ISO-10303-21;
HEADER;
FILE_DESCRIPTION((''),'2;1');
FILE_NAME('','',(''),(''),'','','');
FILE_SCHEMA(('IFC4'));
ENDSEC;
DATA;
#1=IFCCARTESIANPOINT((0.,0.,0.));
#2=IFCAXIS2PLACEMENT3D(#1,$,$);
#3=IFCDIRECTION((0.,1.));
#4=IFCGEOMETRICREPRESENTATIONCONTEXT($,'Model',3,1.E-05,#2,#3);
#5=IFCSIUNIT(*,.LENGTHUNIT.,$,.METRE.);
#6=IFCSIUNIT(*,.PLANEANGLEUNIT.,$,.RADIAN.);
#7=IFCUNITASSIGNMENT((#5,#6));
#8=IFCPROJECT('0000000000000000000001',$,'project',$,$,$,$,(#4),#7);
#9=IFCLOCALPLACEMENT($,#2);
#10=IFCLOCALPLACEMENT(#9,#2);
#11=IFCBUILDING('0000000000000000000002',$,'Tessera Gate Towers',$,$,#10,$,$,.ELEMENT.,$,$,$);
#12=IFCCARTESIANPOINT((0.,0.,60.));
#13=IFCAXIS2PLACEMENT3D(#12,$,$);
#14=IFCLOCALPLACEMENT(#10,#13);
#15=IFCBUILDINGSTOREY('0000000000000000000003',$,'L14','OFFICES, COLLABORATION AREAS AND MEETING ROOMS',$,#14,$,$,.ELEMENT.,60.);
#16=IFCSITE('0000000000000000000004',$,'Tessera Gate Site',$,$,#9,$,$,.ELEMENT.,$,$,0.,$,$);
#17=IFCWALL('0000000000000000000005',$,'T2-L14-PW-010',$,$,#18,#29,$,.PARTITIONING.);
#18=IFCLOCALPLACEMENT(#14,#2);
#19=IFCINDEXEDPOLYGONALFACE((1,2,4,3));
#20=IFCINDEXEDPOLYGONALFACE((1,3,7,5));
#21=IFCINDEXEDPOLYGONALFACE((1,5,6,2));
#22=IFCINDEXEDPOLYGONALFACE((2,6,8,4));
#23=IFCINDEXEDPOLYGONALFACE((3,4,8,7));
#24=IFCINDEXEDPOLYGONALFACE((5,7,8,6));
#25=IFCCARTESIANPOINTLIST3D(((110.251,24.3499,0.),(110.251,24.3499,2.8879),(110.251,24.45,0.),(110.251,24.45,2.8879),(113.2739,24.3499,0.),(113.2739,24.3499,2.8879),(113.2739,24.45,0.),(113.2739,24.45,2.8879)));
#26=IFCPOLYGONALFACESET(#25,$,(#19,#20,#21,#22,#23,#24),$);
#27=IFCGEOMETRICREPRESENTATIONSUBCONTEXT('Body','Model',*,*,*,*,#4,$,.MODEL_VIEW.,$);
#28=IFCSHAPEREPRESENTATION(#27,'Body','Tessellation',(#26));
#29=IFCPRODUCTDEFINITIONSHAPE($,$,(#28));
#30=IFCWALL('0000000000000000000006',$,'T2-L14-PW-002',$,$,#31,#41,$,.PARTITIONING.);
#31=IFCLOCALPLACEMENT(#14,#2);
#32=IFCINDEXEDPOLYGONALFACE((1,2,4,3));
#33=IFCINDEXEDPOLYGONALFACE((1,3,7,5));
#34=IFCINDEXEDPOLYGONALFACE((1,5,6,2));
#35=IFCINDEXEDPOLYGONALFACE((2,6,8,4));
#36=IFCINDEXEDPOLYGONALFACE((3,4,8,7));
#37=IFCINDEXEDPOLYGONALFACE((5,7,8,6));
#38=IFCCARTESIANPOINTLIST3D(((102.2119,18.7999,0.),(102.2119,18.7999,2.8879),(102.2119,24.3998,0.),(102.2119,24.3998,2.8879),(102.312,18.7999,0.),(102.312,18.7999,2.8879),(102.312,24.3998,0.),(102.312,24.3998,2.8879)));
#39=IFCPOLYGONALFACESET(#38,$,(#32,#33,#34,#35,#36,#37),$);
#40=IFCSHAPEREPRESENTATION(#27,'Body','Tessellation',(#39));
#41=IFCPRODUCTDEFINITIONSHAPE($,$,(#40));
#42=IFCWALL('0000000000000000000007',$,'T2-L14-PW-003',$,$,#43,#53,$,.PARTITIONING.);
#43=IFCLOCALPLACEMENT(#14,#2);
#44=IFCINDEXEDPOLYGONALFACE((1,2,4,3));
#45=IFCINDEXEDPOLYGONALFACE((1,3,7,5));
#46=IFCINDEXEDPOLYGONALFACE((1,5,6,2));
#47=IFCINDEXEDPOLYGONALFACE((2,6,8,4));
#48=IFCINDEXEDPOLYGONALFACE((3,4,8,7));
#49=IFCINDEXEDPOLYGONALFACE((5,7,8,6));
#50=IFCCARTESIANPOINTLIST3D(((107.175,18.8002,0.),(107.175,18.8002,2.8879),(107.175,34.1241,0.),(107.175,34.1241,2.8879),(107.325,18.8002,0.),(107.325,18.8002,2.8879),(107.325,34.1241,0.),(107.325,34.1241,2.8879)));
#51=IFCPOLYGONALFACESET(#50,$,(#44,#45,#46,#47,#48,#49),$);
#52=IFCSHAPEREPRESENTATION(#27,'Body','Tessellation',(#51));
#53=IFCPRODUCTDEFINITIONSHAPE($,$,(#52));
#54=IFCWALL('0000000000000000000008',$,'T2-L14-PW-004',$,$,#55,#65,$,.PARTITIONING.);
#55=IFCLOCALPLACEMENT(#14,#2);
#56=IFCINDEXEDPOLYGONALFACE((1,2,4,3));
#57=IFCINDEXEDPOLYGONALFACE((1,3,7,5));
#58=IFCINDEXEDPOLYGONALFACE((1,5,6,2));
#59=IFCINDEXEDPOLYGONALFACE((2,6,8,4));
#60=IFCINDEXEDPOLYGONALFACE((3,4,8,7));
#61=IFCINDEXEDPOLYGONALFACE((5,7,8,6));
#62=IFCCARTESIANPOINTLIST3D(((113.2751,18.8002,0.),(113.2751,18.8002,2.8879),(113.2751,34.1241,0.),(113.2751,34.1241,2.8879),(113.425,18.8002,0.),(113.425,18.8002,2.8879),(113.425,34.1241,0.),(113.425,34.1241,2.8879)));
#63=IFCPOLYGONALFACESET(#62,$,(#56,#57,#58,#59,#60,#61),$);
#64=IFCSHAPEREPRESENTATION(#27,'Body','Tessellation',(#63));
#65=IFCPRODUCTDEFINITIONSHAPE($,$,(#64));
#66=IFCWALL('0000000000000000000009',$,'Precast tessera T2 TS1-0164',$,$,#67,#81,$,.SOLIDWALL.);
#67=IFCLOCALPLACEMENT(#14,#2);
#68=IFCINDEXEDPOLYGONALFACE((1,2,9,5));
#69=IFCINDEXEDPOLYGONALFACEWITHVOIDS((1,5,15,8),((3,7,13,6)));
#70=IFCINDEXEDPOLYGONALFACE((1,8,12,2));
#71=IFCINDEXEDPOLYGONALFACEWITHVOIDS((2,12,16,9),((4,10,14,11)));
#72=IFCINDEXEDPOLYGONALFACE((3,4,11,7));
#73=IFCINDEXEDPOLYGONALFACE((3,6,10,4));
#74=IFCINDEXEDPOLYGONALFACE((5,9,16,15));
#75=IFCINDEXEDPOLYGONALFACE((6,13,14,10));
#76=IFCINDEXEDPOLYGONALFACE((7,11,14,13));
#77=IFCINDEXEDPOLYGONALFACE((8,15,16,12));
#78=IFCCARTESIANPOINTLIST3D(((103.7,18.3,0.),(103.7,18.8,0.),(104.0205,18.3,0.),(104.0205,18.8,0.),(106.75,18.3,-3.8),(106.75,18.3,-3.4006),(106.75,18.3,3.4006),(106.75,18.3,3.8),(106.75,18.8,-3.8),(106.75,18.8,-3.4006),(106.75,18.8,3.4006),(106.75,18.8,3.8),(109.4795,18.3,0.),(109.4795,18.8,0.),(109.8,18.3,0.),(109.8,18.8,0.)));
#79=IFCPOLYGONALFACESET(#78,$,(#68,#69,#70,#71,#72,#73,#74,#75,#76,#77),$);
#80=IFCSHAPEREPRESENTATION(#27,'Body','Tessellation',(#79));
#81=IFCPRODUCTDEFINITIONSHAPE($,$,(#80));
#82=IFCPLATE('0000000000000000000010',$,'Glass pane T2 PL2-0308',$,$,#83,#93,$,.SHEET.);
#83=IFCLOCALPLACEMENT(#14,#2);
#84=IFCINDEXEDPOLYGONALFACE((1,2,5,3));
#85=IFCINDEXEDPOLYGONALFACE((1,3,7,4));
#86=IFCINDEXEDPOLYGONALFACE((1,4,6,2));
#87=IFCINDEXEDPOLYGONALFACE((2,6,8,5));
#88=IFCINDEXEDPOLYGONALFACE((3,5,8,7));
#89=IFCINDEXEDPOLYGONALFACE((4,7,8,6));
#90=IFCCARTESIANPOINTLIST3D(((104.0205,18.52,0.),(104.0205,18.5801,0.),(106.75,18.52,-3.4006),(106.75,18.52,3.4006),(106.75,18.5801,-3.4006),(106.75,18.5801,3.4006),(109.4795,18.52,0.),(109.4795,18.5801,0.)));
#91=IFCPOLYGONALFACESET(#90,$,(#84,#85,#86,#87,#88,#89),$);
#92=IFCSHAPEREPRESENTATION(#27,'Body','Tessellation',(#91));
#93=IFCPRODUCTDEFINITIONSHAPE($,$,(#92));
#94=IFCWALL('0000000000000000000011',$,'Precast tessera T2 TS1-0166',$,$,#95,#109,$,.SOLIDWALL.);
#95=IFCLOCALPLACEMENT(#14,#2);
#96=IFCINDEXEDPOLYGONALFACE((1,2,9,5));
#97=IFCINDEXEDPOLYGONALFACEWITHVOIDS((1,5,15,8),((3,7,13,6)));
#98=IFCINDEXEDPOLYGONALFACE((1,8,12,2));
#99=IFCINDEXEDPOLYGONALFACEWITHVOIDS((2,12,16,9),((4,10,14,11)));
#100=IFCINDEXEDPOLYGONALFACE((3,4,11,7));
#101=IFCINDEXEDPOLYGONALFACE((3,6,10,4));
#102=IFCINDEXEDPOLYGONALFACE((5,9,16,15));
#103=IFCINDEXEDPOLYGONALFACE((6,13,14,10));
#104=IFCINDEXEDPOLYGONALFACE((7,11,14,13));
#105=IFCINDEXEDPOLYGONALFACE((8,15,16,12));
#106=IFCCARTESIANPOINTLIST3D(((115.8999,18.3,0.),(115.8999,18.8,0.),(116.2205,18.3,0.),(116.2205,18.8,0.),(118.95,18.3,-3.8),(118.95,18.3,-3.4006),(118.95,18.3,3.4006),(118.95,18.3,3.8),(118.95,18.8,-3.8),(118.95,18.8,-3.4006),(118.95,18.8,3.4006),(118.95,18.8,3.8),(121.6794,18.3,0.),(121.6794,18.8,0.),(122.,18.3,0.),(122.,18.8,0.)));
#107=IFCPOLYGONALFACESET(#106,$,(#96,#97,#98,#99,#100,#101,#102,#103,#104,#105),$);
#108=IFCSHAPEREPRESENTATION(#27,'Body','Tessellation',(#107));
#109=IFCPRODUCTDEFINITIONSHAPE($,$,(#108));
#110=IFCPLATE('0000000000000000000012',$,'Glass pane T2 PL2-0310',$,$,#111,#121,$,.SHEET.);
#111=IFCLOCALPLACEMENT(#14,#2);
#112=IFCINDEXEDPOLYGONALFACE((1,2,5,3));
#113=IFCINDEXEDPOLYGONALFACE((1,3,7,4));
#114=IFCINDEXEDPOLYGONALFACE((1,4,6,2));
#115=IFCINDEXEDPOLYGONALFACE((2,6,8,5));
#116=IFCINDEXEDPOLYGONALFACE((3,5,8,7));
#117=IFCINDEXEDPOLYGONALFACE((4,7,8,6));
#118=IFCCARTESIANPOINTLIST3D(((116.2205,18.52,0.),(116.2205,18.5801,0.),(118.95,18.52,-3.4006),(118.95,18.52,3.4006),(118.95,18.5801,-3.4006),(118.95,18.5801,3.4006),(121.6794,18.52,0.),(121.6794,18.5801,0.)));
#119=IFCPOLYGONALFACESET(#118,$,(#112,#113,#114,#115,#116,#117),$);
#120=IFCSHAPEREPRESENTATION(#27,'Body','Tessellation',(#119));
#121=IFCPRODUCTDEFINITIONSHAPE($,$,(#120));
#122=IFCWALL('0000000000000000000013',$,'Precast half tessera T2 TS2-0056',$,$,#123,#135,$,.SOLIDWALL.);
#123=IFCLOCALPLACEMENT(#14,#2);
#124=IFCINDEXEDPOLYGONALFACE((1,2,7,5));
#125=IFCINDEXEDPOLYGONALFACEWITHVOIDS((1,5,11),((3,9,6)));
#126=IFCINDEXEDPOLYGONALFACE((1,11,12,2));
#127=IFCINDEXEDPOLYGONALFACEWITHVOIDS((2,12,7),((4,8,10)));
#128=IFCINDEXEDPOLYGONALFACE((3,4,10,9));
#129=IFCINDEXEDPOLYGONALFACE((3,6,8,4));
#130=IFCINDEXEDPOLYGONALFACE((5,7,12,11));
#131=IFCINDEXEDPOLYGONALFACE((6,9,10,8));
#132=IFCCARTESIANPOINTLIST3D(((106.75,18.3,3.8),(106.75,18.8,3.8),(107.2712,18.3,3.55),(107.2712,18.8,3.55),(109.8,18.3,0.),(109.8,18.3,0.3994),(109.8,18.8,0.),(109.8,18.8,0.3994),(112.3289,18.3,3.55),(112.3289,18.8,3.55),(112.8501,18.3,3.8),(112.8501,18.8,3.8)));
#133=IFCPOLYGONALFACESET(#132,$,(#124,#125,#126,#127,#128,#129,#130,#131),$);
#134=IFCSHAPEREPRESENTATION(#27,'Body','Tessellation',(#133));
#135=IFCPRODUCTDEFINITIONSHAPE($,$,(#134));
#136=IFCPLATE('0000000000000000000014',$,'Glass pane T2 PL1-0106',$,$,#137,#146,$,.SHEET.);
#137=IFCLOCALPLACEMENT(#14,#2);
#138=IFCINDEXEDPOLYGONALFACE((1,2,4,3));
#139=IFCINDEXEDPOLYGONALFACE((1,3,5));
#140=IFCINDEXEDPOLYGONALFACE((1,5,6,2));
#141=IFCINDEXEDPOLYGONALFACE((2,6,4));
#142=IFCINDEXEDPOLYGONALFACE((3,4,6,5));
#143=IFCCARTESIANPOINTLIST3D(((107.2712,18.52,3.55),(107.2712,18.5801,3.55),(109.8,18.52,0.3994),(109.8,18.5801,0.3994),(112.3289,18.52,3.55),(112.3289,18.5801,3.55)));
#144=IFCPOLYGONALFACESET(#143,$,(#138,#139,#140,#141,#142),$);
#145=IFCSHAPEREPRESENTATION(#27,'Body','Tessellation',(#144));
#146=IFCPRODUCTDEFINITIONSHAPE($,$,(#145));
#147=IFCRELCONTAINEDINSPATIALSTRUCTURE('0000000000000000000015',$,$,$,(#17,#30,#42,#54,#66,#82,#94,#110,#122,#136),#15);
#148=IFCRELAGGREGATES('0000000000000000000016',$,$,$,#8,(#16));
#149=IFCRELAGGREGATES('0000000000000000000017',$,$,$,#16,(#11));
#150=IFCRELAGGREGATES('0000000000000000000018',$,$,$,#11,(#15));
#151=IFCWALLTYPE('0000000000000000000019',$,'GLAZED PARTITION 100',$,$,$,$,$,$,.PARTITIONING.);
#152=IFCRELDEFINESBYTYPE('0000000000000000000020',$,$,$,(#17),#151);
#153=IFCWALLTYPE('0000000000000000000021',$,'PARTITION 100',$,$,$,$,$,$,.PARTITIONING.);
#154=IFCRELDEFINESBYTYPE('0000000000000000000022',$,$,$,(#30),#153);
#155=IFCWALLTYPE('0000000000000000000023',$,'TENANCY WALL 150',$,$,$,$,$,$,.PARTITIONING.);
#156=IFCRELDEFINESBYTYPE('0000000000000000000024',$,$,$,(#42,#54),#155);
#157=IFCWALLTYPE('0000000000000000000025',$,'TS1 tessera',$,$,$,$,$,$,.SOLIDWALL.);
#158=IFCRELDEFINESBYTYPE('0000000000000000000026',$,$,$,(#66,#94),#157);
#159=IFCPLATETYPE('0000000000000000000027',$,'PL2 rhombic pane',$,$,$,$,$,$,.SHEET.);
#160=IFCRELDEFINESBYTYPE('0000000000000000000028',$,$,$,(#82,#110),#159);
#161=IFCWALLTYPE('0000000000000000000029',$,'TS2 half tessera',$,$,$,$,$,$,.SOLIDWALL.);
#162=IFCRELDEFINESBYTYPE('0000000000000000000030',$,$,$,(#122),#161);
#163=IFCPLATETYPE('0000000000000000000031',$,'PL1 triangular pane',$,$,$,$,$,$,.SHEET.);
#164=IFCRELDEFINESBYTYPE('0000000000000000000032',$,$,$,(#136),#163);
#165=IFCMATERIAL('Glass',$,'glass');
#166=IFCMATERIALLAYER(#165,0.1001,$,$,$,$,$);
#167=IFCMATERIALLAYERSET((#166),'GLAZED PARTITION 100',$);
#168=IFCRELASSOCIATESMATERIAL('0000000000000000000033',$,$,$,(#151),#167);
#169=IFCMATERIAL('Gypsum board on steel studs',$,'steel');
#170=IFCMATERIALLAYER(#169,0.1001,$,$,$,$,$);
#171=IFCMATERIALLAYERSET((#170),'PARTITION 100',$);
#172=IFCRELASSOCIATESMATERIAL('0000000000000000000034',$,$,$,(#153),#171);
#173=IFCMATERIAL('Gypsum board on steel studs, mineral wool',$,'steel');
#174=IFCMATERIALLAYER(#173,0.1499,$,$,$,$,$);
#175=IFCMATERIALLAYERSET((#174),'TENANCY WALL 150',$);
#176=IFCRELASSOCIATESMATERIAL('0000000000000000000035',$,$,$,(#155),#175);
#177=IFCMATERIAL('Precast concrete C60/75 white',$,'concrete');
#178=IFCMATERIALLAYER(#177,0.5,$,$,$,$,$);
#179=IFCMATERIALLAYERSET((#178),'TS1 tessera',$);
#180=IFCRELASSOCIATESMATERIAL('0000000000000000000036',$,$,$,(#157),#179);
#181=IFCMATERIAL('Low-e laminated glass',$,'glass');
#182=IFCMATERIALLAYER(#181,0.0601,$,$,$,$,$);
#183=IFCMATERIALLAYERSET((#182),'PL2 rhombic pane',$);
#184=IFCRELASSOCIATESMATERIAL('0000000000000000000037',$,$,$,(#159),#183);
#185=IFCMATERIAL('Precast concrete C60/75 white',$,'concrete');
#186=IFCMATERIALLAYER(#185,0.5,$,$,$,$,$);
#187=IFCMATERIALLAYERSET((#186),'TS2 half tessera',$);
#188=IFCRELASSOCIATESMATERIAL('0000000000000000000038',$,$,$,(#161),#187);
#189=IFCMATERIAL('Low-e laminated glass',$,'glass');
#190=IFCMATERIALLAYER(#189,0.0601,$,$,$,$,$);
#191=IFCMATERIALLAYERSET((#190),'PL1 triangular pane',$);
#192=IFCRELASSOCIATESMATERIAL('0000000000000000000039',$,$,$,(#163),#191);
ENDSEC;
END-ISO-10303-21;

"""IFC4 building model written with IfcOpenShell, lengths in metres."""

from ifc_helpers import new_model, si_unit, direction, frame, frame_2d, origin, place, context, subcontext, project, spatial, polyline, rectangle, outline, extrude, source, transform, mapped, material, layer, layer_set, type_object, element, fill, save


model = new_model("IFC4")

# Units and contexts
model_context = context("Model", 3, precision=1e-05, world=origin(), true_north=direction((0.0, 1.0)))
body_context = subcontext(model_context, "Body", "Model", "MODEL_VIEW")
ifc_project = project(units=[si_unit("LENGTHUNIT", "METRE"), si_unit("PLANEANGLEUNIT", "RADIAN")], contexts=[model_context])

# Site, building, storey
site_placement = place(None, origin())
site = spatial("IfcSite", under=ifc_project, at=site_placement, Name="Tessera Gate Site", CompositionType="ELEMENT", RefElevation=0.0)
building_placement = place(site_placement, origin())
building = spatial("IfcBuilding", under=site, at=building_placement, Name="Tessera Gate Towers", CompositionType="ELEMENT")
storey_placement = place(building_placement, frame((0.0, 0.0, 60.0)))
storey = spatial("IfcBuildingStorey", under=building, at=storey_placement, Name="L14", Description="OFFICES, COLLABORATION AREAS AND MEETING ROOMS", CompositionType="ELEMENT", Elevation=60.0)

# Shared definitions
ifc_material_1 = material(Name="Glass", Category="glass")
ifc_layer_1 = layer(ifc_material_1, 0.1001)
ifc_layer_set_1 = layer_set([ifc_layer_1], Name="GLAZED PARTITION 100")
wall_type_1 = type_object("IfcWallType", Name="GLAZED PARTITION 100", PredefinedType="PARTITIONING", material=ifc_layer_set_1)

# Walls
wall_1_placement = place(storey_placement, frame((110.251, 24.3999, 0.0), z_axis=(0.0, 0.0, 1.0), x_axis=(1.0, 0.0, 0.0)))
element("IfcWall", 1, at=wall_1_placement, inside=storey, type_object=wall_type_1, Name="T2-L14-PW-010", PredefinedType="PARTITIONING", context=body_context, shape_type="SweptSolid", body=[
    extrude(rectangle(XDim=3.0229, YDim=0.1001, at=frame_2d((1.5115, 0.0))), origin(), (0.0, 0.0, 1.0), 2.8879),
])
ifc_material_2 = material(Name="Gypsum board on steel studs", Category="steel")
ifc_layer_2 = layer(ifc_material_2, 0.1001)
ifc_layer_set_2 = layer_set([ifc_layer_2], Name="PARTITION 100")
wall_type_2 = type_object("IfcWallType", Name="PARTITION 100", PredefinedType="PARTITIONING", material=ifc_layer_set_2)
wall_2_placement = place(storey_placement, frame((102.262, 18.8, 0.0), z_axis=(0.0, 0.0, 1.0), x_axis=(0.0, 1.0, 0.0)))
element("IfcWall", 2, at=wall_2_placement, inside=storey, type_object=wall_type_2, Name="T2-L14-PW-002", PredefinedType="PARTITIONING", context=body_context, shape_type="SweptSolid", body=[
    extrude(rectangle(XDim=5.5999, YDim=0.1001, at=frame_2d((2.7998, 0.0))), origin(), (0.0, 0.0, 1.0), 2.8879),
])
ifc_material_3 = material(Name="Gypsum board on steel studs, mineral wool", Category="steel")
ifc_layer_3 = layer(ifc_material_3, 0.1499)
ifc_layer_set_3 = layer_set([ifc_layer_3], Name="TENANCY WALL 150")
wall_type_3 = type_object("IfcWallType", Name="TENANCY WALL 150", PredefinedType="PARTITIONING", material=ifc_layer_set_3)
for number, where, z_axis, x_axis, name in (
    (3, (107.25, 18.8, 0.0), (0.0, 0.0, 1.0), (0.0, 1.0, 0.0), "T2-L14-PW-003"),
    (4, (113.3501, 18.8, 0.0), (0.0, 0.0, 1.0), (0.0, 1.0, 0.0), "T2-L14-PW-004"),
):
    element("IfcWall", number, at=place(storey_placement, frame(where, z_axis=z_axis, x_axis=x_axis)), inside=storey, type_object=wall_type_3, Name=name, PredefinedType="PARTITIONING", context=body_context, shape_type="SweptSolid", body=[
        extrude(rectangle(XDim=15.324, YDim=0.1499, at=frame_2d((7.6621, 0.0))), origin(), (0.0, 0.0, 1.0), 2.8879),
    ])

# Walls, openings, plates
ifc_material_4 = material(Name="Precast concrete C60/75 white", Category="concrete")
ifc_layer_4 = layer(ifc_material_4, 0.5)
ifc_layer_set_4 = layer_set([ifc_layer_4], Name="TS1 tessera")
wall_type_4 = type_object("IfcWallType", Name="TS1 tessera", PredefinedType="SOLIDWALL", material=ifc_layer_set_4)
shared_shape_1 = source(origin(), body_context, "Body", "SweptSolid", [
    extrude(outline(polyline([(3.05, 0.0), (6.1001, 3.8), (3.05, 7.6001), (0.0, 3.8), (3.05, 0.0)])), frame((0.0, 0.25, 0.0), z_axis=(0.0, -1.0, 0.0), x_axis=(1.0, 0.0, 0.0)), (0.0, 0.0, 1.0), 0.5),
])
wall_3_placement = place(storey_placement, frame((103.7, 18.55, -3.8), z_axis=(0.0, 0.0, 1.0), x_axis=(1.0, 0.0, 0.0)))
wall_3 = element("IfcWall", 5, at=wall_3_placement, inside=storey, type_object=wall_type_4, Name="Precast tessera T2 TS1-0164", PredefinedType="SOLIDWALL", context=body_context, shape_type="MappedRepresentation", body=[
    mapped(shared_shape_1, transform((0.0, 0.0, 0.0), scale=1.0)),
])
shared_shape_2 = source(origin(), body_context, "Body", "SweptSolid", [
    extrude(outline(polyline([(3.05, 0.3994), (5.7795, 3.8), (3.05, 7.2007), (0.3206, 3.8), (3.05, 0.3994)])), frame((0.0, 0.26, 0.0), z_axis=(0.0, -1.0, 0.0), x_axis=(1.0, 0.0, 0.0)), (0.0, 0.0, 1.0), 0.52),
])
opening_1_placement = place(wall_3_placement, origin())
opening_1 = element("IfcOpeningElement", 6, at=opening_1_placement, cuts=wall_3, PredefinedType="OPENING", context=body_context, shape_type="MappedRepresentation", body=[
    mapped(shared_shape_2, transform((0.0, 0.0, 0.0), scale=1.0)),
])
ifc_material_5 = material(Name="Low-e laminated glass", Category="glass")
ifc_layer_5 = layer(ifc_material_5, 0.0601)
ifc_layer_set_5 = layer_set([ifc_layer_5], Name="PL2 rhombic pane")
plate_type_1 = type_object("IfcPlateType", Name="PL2 rhombic pane", PredefinedType="SHEET", material=ifc_layer_set_5)
shared_shape_3 = source(origin(), body_context, "Body", "SweptSolid", [
    extrude(outline(polyline([(3.05, 0.3994), (5.7795, 3.8), (3.05, 7.2007), (0.3206, 3.8), (3.05, 0.3994)])), frame((0.0, 0.03, 0.0), z_axis=(0.0, -1.0, 0.0), x_axis=(1.0, 0.0, 0.0)), (0.0, 0.0, 1.0), 0.0601),
])
plate_1_placement = place(opening_1_placement, origin())
plate_1 = element("IfcPlate", 7, at=plate_1_placement, inside=storey, type_object=plate_type_1, Name="Glass pane T2 PL2-0308", PredefinedType="SHEET", context=body_context, shape_type="MappedRepresentation", body=[
    mapped(shared_shape_3, transform((0.0, 0.0, 0.0), scale=1.0)),
])
fill(opening_1, plate_1)
wall_4_placement = place(storey_placement, frame((115.8999, 18.55, -3.8), z_axis=(0.0, 0.0, 1.0), x_axis=(1.0, 0.0, 0.0)))
wall_4 = element("IfcWall", 8, at=wall_4_placement, inside=storey, type_object=wall_type_4, Name="Precast tessera T2 TS1-0166", PredefinedType="SOLIDWALL", context=body_context, shape_type="MappedRepresentation", body=[
    mapped(shared_shape_1, transform((0.0, 0.0, 0.0), scale=1.0)),
])
opening_2_placement = place(wall_4_placement, origin())
opening_2 = element("IfcOpeningElement", 9, at=opening_2_placement, cuts=wall_4, PredefinedType="OPENING", context=body_context, shape_type="MappedRepresentation", body=[
    mapped(shared_shape_2, transform((0.0, 0.0, 0.0), scale=1.0)),
])
plate_2_placement = place(opening_2_placement, origin())
plate_2 = element("IfcPlate", 10, at=plate_2_placement, inside=storey, type_object=plate_type_1, Name="Glass pane T2 PL2-0310", PredefinedType="SHEET", context=body_context, shape_type="MappedRepresentation", body=[
    mapped(shared_shape_3, transform((0.0, 0.0, 0.0), scale=1.0)),
])
fill(opening_2, plate_2)
ifc_material_6 = material(Name="Precast concrete C60/75 white", Category="concrete")
ifc_layer_6 = layer(ifc_material_6, 0.5)
ifc_layer_set_6 = layer_set([ifc_layer_6], Name="TS2 half tessera")
wall_type_5 = type_object("IfcWallType", Name="TS2 half tessera", PredefinedType="SOLIDWALL", material=ifc_layer_set_6)
shared_shape_4 = source(origin(), body_context, "Body", "SweptSolid", [
    extrude(outline(polyline([(3.05, 0.0), (6.1001, 3.8), (0.0, 3.8), (3.05, 0.0)])), frame((0.0, 0.25, 0.0), z_axis=(0.0, -1.0, 0.0), x_axis=(1.0, 0.0, 0.0)), (0.0, 0.0, 1.0), 0.5),
])
wall_5_placement = place(storey_placement, frame((106.75, 18.55, 0.0), z_axis=(0.0, 0.0, 1.0), x_axis=(1.0, 0.0, 0.0)))
wall_5 = element("IfcWall", 11, at=wall_5_placement, inside=storey, type_object=wall_type_5, Name="Precast half tessera T2 TS2-0056", PredefinedType="SOLIDWALL", context=body_context, shape_type="MappedRepresentation", body=[
    mapped(shared_shape_4, transform((0.0, 0.0, 0.0), scale=1.0)),
])
shared_shape_5 = source(origin(), body_context, "Body", "SweptSolid", [
    extrude(outline(polyline([(3.05, 0.3994), (5.5789, 3.55), (0.5212, 3.55), (3.05, 0.3994)])), frame((0.0, 0.26, 0.0), z_axis=(0.0, -1.0, 0.0), x_axis=(1.0, 0.0, 0.0)), (0.0, 0.0, 1.0), 0.52),
])
opening_3_placement = place(wall_5_placement, origin())
opening_3 = element("IfcOpeningElement", 12, at=opening_3_placement, cuts=wall_5, PredefinedType="OPENING", context=body_context, shape_type="MappedRepresentation", body=[
    mapped(shared_shape_5, transform((0.0, 0.0, 0.0), scale=1.0)),
])
ifc_material_7 = material(Name="Low-e laminated glass", Category="glass")
ifc_layer_7 = layer(ifc_material_7, 0.0601)
ifc_layer_set_7 = layer_set([ifc_layer_7], Name="PL1 triangular pane")
plate_type_2 = type_object("IfcPlateType", Name="PL1 triangular pane", PredefinedType="SHEET", material=ifc_layer_set_7)
shared_shape_6 = source(origin(), body_context, "Body", "SweptSolid", [
    extrude(outline(polyline([(3.05, 0.3994), (5.5789, 3.55), (0.5212, 3.55), (3.05, 0.3994)])), frame((0.0, 0.03, 0.0), z_axis=(0.0, -1.0, 0.0), x_axis=(1.0, 0.0, 0.0)), (0.0, 0.0, 1.0), 0.0601),
])
plate_3_placement = place(opening_3_placement, origin())
plate_3 = element("IfcPlate", 13, at=plate_3_placement, inside=storey, type_object=plate_type_2, Name="Glass pane T2 PL1-0106", PredefinedType="SHEET", context=body_context, shape_type="MappedRepresentation", body=[
    mapped(shared_shape_6, transform((0.0, 0.0, 0.0), scale=1.0)),
])
fill(opening_3, plate_3)

save(model, "model.ifc")
